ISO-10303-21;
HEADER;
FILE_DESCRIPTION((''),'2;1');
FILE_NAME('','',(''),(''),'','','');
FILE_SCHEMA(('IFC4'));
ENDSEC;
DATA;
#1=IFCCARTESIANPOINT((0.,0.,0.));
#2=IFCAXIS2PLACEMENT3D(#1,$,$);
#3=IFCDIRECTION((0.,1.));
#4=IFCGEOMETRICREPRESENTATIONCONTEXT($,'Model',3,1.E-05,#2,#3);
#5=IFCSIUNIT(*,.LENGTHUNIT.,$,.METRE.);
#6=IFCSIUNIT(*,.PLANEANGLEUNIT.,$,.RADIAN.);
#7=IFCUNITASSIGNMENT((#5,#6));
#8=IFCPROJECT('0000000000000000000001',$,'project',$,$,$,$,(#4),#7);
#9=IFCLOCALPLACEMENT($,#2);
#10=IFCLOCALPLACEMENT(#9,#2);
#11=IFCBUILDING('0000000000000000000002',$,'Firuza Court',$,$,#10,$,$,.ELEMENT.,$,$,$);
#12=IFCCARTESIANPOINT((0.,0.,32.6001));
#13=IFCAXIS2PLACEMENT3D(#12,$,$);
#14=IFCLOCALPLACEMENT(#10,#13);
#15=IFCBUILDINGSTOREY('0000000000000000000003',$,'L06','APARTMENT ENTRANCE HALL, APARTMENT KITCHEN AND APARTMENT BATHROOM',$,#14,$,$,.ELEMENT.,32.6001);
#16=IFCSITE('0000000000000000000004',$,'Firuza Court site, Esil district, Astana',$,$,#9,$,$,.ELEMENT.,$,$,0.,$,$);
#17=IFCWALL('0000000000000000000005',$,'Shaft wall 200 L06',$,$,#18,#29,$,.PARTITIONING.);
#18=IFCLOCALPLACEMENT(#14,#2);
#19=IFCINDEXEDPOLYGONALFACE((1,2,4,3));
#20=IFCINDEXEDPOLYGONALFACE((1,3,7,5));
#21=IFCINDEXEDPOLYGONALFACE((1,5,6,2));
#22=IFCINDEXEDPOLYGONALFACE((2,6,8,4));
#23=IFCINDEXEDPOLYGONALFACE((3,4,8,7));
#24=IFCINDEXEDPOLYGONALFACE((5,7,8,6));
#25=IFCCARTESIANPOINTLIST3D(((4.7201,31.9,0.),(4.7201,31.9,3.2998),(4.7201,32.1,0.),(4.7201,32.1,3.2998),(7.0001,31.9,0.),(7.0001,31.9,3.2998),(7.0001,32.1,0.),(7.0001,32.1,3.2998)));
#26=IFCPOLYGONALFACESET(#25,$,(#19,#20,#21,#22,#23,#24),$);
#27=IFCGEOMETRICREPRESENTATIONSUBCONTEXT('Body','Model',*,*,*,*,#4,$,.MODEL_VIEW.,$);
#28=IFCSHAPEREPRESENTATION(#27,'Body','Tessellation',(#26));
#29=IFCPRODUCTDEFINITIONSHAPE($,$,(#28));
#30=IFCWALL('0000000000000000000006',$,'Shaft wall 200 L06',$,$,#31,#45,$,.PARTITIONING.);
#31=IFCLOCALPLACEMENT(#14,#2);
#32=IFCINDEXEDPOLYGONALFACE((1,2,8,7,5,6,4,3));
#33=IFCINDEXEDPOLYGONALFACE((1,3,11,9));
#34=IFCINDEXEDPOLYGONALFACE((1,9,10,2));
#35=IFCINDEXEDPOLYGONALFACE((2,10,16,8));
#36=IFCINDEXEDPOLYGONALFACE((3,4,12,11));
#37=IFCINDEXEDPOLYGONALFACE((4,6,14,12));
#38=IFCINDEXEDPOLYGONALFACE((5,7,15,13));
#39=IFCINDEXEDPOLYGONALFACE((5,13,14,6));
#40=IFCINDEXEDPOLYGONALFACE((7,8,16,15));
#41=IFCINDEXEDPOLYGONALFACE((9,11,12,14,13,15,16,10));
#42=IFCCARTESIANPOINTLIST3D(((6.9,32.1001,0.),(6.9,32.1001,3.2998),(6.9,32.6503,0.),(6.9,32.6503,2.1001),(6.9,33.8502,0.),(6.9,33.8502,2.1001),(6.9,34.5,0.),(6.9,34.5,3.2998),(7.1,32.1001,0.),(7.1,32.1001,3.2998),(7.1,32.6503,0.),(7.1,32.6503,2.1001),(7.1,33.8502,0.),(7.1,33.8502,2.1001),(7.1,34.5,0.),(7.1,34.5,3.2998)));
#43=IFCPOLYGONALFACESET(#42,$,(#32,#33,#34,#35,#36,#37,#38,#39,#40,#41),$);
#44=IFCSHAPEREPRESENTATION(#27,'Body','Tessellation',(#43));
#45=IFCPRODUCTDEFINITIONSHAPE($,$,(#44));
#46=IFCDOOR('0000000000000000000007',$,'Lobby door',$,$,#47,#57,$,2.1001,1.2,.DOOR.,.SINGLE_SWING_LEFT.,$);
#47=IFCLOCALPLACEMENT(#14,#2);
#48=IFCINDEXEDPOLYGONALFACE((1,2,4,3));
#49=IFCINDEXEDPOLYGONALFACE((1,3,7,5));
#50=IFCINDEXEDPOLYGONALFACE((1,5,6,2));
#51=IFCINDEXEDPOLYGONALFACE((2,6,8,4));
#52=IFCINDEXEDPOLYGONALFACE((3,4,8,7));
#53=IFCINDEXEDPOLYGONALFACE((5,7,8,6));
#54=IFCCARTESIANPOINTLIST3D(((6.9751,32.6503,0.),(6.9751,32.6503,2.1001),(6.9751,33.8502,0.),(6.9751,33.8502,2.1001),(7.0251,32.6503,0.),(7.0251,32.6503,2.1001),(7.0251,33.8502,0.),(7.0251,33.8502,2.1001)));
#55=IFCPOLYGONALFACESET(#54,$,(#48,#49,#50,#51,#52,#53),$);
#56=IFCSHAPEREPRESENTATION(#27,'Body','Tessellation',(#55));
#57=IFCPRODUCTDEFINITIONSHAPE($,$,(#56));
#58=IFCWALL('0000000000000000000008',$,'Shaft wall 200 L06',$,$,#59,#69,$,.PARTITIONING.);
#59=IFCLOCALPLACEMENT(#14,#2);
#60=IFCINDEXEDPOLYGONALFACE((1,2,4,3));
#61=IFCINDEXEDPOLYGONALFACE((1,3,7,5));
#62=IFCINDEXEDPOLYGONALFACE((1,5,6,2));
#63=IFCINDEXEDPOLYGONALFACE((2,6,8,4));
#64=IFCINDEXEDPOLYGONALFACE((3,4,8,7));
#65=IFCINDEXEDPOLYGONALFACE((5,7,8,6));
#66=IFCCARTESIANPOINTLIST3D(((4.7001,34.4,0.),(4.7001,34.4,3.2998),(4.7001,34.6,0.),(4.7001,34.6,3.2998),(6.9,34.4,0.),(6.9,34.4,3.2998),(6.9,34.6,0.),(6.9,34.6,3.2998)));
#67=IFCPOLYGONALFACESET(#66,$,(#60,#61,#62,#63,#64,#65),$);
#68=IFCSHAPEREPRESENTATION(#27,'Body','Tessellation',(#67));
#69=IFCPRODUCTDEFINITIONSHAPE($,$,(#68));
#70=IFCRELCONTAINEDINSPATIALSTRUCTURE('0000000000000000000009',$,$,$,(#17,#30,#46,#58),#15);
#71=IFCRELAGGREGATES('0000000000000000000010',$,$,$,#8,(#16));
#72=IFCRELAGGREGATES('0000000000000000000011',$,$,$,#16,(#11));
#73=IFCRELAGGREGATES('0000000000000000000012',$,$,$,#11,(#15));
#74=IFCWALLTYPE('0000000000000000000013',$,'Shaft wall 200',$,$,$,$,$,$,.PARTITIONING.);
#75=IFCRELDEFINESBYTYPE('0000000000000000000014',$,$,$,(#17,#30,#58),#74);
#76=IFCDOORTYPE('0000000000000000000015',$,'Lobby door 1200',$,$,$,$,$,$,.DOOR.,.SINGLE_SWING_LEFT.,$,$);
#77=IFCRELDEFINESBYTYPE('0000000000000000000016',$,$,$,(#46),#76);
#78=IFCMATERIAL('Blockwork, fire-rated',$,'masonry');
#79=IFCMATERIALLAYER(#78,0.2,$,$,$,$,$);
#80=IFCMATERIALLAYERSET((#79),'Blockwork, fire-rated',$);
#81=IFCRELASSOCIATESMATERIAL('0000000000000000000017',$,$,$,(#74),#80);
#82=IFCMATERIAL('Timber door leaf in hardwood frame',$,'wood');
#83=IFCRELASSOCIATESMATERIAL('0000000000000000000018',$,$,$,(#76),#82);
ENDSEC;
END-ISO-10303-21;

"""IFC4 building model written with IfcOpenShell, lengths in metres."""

from ifc_helpers import new_model, si_unit, direction, frame, frame_2d, origin, place, context, subcontext, project, spatial, rectangle, extrude, material, layer, layer_set, type_object, element, fill, save


model = new_model("IFC4")

# Units and contexts
model_context = context("Model", 3, precision=1e-05, world=origin(), true_north=direction((0.0, 1.0)))
body_context = subcontext(model_context, "Body", "Model", "MODEL_VIEW")
ifc_project = project(units=[si_unit("LENGTHUNIT", "METRE"), si_unit("PLANEANGLEUNIT", "RADIAN")], contexts=[model_context])

# Site, building, storey
site_placement = place(None, origin())
site = spatial("IfcSite", under=ifc_project, at=site_placement, Name="Firuza Court site, Esil district, Astana", CompositionType="ELEMENT", RefElevation=0.0)
building_placement = place(site_placement, origin())
building = spatial("IfcBuilding", under=site, at=building_placement, Name="Firuza Court", CompositionType="ELEMENT")
storey_placement = place(building_placement, frame((0.0, 0.0, 32.6001)))
storey = spatial("IfcBuildingStorey", under=building, at=storey_placement, Name="L06", Description="APARTMENT ENTRANCE HALL, APARTMENT KITCHEN AND APARTMENT BATHROOM", CompositionType="ELEMENT", Elevation=32.6001)

# Wall
ifc_material_1 = material(Name="Blockwork, fire-rated", Category="masonry")
ifc_layer_1 = layer(ifc_material_1, 0.2)
ifc_layer_set_1 = layer_set([ifc_layer_1], Name="Blockwork, fire-rated")
wall_type_1 = type_object("IfcWallType", Name="Shaft wall 200", PredefinedType="PARTITIONING", material=ifc_layer_set_1)
wall_1_placement = place(storey_placement, frame((4.72, 32.0, 0.0), z_axis=(0.0, 0.0, 1.0), x_axis=(1.0, 0.0, 0.0)))
element("IfcWall", 1, at=wall_1_placement, inside=storey, type_object=wall_type_1, Name="Shaft wall 200 L06", PredefinedType="PARTITIONING", context=body_context, shape_type="SweptSolid", body=[
    extrude(rectangle(XDim=2.28, YDim=0.2, at=frame_2d((1.1401, 0.0))), origin(), (0.0, 0.0, 1.0), 3.2998),
])

# Wall, opening, door
wall_2_placement = place(storey_placement, frame((7.0, 32.1001, 0.0), z_axis=(0.0, 0.0, 1.0), x_axis=(0.0, 1.0, 0.0)))
wall_2 = element("IfcWall", 2, at=wall_2_placement, inside=storey, type_object=wall_type_1, Name="Shaft wall 200 L06", PredefinedType="PARTITIONING", context=body_context, shape_type="SweptSolid", body=[
    extrude(rectangle(XDim=2.3999, YDim=0.2, at=frame_2d((1.2, 0.0))), origin(), (0.0, 0.0, 1.0), 3.2998),
])
opening_1_placement = place(wall_2_placement, frame((0.55, 0.0, 0.0)))
opening_1 = element("IfcOpeningElement", 3, at=opening_1_placement, cuts=wall_2, PredefinedType="OPENING", context=body_context, shape_type="SweptSolid", body=[
    extrude(rectangle(XDim=1.2, YDim=2.1001, at=frame_2d((0.6001, 1.05))), frame((0.0, 0.1118, 0.0), z_axis=(0.0, -1.0, 0.0), x_axis=(1.0, 0.0, 0.0)), (0.0, 0.0, 1.0), 0.2239),
])
ifc_material_2 = material(Name="Timber door leaf in hardwood frame", Category="wood")
door_type_1 = type_object("IfcDoorType", Name="Lobby door 1200", OperationType="SINGLE_SWING_LEFT", PredefinedType="DOOR", material=ifc_material_2)
door_1_placement = place(opening_1_placement, origin())
door_1 = element("IfcDoor", 4, at=door_1_placement, inside=storey, type_object=door_type_1, Name="Lobby door", OperationType="SINGLE_SWING_LEFT", OverallHeight=2.1001, OverallWidth=1.2, PredefinedType="DOOR", context=body_context, shape_type="SweptSolid", body=[
    extrude(rectangle(XDim=1.2, YDim=2.1001, at=frame_2d((0.6001, 1.05))), frame((0.0, 0.0249, 0.0), z_axis=(0.0, -1.0, 0.0), x_axis=(1.0, 0.0, 0.0)), (0.0, 0.0, 1.0), 0.05),
])
fill(opening_1, door_1)

# Wall
wall_3_placement = place(storey_placement, frame((4.7, 34.5, 0.0), z_axis=(0.0, 0.0, 1.0), x_axis=(1.0, 0.0, 0.0)))
element("IfcWall", 5, at=wall_3_placement, inside=storey, type_object=wall_type_1, Name="Shaft wall 200 L06", PredefinedType="PARTITIONING", context=body_context, shape_type="SweptSolid", body=[
    extrude(rectangle(XDim=2.2, YDim=0.2, at=frame_2d((1.1001, 0.0))), origin(), (0.0, 0.0, 1.0), 3.2998),
])

save(model, "model.ifc")
